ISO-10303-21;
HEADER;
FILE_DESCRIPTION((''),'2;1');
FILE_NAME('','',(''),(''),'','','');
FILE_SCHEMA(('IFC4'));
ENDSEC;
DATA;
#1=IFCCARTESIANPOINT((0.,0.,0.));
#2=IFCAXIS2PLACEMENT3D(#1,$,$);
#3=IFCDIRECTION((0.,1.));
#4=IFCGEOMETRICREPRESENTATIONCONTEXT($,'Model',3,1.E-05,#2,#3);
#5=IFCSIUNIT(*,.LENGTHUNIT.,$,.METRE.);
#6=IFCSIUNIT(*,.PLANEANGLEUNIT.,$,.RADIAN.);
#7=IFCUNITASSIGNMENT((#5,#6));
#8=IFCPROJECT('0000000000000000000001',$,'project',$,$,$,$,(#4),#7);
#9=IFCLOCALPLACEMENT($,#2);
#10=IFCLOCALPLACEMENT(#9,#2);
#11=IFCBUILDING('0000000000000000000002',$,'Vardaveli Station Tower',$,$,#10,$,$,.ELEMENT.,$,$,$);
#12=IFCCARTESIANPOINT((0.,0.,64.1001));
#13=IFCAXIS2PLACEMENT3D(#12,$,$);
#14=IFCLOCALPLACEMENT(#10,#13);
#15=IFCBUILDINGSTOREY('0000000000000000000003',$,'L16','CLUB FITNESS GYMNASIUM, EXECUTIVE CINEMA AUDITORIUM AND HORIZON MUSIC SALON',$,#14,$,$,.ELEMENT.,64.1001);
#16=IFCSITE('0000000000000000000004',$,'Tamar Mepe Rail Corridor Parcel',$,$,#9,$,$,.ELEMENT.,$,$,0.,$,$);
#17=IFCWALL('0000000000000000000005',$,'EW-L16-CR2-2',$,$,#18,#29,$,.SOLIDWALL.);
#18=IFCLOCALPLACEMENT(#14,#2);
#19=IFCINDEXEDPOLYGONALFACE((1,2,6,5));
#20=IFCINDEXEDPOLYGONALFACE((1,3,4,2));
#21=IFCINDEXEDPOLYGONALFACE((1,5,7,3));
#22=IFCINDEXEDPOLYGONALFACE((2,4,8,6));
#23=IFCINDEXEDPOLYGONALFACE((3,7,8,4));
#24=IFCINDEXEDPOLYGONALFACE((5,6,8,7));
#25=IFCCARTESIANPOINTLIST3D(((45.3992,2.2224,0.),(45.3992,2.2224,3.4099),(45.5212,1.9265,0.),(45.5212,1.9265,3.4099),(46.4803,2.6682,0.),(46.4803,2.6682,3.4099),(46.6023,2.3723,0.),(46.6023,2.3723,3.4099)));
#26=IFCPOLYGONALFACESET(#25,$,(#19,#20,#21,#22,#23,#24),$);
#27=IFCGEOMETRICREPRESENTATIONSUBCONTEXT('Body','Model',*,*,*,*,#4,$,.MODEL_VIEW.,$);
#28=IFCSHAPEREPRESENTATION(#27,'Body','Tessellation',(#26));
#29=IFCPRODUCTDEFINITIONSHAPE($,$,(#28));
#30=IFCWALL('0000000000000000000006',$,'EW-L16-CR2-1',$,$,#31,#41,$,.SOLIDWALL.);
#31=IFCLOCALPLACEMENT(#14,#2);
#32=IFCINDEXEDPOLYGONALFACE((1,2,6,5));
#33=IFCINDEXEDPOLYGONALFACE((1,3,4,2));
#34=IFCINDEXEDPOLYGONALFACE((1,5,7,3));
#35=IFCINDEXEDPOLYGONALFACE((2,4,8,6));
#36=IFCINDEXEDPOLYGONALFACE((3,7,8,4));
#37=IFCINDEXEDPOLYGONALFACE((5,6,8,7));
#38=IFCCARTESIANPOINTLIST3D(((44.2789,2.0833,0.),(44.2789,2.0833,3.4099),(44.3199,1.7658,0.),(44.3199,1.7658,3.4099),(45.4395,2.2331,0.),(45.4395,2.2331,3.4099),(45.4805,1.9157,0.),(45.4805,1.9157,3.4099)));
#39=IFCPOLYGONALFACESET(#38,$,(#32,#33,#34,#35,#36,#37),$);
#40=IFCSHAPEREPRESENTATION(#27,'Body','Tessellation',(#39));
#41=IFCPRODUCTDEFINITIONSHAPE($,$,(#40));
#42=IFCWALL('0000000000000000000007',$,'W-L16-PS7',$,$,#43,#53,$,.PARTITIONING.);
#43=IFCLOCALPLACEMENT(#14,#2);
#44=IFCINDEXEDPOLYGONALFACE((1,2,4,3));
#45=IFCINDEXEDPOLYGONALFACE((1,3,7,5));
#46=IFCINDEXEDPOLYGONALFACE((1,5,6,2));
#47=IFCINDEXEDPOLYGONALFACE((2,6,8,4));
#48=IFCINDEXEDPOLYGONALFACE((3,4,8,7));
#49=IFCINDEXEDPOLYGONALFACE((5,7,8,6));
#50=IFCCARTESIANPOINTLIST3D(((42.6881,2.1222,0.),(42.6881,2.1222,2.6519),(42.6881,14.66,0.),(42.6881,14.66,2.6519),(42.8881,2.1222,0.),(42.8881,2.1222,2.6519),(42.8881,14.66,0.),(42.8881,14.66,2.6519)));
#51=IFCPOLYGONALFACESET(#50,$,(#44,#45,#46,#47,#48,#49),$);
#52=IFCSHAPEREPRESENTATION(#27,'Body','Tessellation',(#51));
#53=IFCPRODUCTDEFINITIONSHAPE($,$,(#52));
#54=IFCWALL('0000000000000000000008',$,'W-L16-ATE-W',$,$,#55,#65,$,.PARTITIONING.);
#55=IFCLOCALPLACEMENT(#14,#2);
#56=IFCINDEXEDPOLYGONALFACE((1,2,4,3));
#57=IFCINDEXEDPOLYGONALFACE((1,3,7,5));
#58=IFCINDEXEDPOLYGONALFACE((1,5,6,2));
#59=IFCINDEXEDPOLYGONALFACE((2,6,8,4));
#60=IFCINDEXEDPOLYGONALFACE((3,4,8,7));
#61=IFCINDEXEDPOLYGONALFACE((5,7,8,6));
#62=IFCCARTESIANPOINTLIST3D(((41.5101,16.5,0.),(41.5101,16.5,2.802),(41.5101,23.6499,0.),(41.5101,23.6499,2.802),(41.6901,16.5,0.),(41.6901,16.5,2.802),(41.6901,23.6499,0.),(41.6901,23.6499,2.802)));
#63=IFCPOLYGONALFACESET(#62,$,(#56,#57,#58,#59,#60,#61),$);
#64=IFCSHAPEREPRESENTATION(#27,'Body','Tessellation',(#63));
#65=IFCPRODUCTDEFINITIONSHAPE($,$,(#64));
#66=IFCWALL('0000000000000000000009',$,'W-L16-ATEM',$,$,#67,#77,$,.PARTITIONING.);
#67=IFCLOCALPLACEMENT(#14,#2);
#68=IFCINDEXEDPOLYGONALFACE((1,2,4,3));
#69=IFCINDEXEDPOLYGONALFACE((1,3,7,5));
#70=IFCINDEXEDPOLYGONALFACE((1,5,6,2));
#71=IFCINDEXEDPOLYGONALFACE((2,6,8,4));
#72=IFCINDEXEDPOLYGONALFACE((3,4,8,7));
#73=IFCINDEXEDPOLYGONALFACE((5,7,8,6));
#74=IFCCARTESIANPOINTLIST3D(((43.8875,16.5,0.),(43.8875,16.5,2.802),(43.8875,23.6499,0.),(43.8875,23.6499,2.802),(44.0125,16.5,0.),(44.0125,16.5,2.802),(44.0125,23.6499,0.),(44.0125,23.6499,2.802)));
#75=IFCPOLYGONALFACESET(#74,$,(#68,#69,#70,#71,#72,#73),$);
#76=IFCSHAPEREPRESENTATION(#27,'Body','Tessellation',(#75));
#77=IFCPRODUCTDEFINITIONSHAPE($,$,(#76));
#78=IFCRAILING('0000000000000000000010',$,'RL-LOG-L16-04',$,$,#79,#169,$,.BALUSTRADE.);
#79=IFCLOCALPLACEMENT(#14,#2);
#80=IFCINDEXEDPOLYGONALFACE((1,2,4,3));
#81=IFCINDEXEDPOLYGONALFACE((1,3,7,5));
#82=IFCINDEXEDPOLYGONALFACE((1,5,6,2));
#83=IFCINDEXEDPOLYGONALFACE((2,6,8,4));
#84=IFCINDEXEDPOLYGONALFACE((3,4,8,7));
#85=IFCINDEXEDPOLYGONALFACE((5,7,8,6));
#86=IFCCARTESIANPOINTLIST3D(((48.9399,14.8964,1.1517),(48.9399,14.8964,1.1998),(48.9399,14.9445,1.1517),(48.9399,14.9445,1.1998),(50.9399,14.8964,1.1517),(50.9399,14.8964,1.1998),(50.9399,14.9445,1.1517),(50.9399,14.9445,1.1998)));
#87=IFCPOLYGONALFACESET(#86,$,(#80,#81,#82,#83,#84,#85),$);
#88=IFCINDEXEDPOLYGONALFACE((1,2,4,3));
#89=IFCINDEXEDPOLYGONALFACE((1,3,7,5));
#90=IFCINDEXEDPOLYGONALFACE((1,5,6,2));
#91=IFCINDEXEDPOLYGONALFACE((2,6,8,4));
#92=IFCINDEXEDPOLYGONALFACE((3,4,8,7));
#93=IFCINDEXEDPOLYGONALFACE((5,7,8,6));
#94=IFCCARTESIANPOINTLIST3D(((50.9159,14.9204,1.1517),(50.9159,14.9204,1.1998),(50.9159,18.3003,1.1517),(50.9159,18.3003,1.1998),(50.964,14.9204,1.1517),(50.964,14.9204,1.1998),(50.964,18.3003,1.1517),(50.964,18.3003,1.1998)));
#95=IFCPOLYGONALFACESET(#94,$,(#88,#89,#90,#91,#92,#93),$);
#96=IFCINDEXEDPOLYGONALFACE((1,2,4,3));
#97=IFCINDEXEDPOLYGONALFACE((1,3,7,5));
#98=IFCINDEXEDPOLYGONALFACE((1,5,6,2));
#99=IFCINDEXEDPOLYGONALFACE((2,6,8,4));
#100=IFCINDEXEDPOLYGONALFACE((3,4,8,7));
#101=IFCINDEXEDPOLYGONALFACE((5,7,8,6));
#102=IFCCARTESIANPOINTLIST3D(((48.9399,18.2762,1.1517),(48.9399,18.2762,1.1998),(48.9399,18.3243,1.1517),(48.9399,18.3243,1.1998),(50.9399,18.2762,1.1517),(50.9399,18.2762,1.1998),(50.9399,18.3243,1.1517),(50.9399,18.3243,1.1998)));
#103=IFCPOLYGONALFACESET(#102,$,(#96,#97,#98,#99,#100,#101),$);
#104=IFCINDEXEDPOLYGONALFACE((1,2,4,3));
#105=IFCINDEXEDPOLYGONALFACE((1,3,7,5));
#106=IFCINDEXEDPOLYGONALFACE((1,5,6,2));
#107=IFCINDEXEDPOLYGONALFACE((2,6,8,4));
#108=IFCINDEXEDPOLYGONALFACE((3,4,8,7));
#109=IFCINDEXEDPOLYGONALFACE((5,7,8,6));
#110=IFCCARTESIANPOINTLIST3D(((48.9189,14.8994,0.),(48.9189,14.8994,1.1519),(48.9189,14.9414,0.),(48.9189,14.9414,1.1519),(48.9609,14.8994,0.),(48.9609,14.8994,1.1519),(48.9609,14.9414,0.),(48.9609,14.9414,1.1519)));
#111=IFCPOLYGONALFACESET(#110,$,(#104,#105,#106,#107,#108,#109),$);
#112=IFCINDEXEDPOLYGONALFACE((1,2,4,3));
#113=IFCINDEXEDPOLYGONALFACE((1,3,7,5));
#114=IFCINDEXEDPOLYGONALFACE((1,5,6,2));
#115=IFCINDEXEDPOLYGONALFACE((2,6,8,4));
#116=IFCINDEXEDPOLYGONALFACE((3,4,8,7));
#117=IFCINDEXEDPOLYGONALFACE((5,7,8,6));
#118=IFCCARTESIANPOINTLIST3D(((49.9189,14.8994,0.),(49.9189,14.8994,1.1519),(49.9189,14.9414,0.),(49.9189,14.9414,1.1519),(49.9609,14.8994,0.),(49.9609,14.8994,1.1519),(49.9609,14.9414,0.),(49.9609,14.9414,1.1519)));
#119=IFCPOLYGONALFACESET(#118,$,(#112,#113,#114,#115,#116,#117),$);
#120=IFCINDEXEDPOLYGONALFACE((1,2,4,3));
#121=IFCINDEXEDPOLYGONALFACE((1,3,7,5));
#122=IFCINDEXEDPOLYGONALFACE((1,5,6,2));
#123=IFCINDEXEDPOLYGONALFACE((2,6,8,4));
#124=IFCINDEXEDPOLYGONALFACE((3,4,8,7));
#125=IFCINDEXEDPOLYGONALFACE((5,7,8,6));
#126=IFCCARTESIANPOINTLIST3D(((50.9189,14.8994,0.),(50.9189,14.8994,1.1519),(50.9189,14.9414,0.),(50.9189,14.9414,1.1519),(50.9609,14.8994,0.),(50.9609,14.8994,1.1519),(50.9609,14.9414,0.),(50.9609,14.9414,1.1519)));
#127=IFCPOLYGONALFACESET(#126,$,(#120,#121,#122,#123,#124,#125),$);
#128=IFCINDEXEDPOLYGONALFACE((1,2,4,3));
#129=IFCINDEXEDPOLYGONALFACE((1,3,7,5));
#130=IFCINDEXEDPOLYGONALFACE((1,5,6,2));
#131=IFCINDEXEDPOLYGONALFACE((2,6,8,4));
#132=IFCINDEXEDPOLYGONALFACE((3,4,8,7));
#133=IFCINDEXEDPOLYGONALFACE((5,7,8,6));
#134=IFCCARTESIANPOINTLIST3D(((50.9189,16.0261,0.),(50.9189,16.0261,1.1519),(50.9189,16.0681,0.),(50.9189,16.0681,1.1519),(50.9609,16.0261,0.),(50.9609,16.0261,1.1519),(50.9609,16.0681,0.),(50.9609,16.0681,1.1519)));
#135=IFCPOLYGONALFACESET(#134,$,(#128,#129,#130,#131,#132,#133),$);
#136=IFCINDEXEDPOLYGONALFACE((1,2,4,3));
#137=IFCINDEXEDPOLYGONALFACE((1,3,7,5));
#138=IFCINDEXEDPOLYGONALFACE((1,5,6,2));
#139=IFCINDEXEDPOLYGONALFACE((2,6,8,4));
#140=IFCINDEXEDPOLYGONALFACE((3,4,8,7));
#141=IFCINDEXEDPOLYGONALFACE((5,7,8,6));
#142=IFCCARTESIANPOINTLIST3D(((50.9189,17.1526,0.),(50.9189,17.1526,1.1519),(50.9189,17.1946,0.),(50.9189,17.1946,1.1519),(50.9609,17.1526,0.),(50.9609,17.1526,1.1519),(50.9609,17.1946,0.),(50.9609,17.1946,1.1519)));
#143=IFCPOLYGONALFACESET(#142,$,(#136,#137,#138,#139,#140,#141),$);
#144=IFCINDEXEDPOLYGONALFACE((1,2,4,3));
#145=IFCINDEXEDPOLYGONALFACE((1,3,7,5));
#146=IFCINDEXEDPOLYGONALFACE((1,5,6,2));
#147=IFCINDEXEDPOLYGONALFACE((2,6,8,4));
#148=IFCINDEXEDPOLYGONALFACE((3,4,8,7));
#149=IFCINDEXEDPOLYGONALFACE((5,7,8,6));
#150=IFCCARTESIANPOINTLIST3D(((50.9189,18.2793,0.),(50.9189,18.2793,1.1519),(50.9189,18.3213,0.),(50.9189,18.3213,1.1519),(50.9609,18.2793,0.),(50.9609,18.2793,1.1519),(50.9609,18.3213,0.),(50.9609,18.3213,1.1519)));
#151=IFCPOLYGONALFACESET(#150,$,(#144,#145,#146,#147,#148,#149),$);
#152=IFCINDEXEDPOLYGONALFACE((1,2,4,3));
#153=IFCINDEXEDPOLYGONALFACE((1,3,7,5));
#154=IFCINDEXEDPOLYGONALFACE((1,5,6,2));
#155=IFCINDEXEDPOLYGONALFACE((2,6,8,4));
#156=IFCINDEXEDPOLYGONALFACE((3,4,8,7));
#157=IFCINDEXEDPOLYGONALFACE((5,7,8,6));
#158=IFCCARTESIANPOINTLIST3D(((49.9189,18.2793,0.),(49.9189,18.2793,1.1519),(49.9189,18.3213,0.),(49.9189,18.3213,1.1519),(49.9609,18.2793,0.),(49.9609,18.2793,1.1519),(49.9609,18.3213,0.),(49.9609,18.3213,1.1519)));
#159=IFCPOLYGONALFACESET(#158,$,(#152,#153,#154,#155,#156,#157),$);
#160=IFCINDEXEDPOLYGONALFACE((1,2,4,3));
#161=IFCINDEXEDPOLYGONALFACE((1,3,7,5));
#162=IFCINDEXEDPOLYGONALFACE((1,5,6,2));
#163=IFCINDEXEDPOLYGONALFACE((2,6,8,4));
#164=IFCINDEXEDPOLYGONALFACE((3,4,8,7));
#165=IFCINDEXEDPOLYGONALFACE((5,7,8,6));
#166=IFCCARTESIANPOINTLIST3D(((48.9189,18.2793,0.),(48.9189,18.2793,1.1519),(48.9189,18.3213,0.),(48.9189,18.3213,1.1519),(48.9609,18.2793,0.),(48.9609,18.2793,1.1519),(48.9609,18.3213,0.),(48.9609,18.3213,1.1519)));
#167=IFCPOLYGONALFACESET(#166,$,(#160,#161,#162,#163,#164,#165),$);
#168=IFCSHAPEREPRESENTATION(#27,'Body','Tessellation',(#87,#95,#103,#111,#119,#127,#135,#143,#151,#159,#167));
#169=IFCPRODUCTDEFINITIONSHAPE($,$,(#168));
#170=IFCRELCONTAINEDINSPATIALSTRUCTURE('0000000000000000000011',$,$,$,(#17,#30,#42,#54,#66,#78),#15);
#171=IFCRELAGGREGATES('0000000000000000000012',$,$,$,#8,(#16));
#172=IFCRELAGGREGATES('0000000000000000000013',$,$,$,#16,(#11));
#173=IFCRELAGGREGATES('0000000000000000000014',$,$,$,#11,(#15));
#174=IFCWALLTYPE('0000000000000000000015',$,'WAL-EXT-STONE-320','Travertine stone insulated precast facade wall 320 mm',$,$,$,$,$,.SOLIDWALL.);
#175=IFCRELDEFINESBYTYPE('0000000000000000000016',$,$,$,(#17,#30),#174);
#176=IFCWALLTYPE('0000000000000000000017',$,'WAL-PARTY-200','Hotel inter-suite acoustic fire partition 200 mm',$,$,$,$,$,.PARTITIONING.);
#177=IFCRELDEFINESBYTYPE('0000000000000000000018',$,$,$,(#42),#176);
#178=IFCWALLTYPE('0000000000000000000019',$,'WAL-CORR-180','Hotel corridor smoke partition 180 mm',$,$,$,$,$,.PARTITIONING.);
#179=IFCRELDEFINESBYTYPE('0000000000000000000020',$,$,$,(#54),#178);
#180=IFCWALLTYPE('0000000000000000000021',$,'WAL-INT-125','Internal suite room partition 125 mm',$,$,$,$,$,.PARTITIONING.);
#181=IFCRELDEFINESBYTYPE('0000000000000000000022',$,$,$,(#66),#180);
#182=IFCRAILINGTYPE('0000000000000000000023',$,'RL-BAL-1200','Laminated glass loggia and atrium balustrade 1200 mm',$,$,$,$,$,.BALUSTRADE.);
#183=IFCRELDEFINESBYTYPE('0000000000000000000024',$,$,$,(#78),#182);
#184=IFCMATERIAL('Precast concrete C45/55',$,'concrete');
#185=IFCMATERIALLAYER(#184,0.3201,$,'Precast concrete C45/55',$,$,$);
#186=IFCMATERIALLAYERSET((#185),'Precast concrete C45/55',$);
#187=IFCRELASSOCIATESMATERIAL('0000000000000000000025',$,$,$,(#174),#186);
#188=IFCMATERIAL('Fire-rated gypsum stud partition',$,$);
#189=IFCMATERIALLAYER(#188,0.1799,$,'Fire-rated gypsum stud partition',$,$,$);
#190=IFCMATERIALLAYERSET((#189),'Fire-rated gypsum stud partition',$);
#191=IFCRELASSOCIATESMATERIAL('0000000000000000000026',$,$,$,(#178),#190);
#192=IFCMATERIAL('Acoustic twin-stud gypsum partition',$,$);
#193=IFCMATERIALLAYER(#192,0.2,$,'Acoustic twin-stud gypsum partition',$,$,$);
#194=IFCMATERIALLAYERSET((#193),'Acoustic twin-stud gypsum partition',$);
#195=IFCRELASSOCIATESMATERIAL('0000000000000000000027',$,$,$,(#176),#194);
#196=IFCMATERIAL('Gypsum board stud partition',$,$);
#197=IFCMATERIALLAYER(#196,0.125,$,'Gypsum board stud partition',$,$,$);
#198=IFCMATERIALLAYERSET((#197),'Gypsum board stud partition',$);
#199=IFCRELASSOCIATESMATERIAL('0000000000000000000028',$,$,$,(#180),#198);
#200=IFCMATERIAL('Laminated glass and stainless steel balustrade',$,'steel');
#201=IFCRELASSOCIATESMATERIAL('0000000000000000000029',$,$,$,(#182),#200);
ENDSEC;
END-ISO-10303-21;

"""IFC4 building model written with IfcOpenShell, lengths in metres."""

from ifc_helpers import new_model, si_unit, direction, frame, frame_2d, origin, origin_2d, place, context, subcontext, project, spatial, rectangle, extrude, source, transform, mapped, material, layer, layer_set, type_object, element, save


model = new_model("IFC4")

# Units and contexts
model_context = context("Model", 3, precision=1e-05, world=origin(), true_north=direction((0.0, 1.0)))
body_context = subcontext(model_context, "Body", "Model", "MODEL_VIEW")
ifc_project = project(units=[si_unit("LENGTHUNIT", "METRE"), si_unit("PLANEANGLEUNIT", "RADIAN")], contexts=[model_context])

# Site, building, storey
site_placement = place(None, origin())
site = spatial("IfcSite", under=ifc_project, at=site_placement, Name="Tamar Mepe Rail Corridor Parcel", CompositionType="ELEMENT", RefElevation=0.0)
building_placement = place(site_placement, origin())
building = spatial("IfcBuilding", under=site, at=building_placement, Name="Vardaveli Station Tower", CompositionType="ELEMENT")
storey_placement = place(building_placement, frame((0.0, 0.0, 64.1001)))
storey = spatial("IfcBuildingStorey", under=building, at=storey_placement, Name="L16", Description="CLUB FITNESS GYMNASIUM, EXECUTIVE CINEMA AUDITORIUM AND HORIZON MUSIC SALON", CompositionType="ELEMENT", Elevation=64.1001)

# Shared definitions
ifc_material_1 = material(Name="Precast concrete C45/55", Category="concrete")

# Shared definitions
ifc_layer_1 = layer(ifc_material_1, 0.3201, Name="Precast concrete C45/55")
ifc_layer_set_1 = layer_set([ifc_layer_1], Name="Precast concrete C45/55")
wall_type_1 = type_object("IfcWallType", Name="WAL-EXT-STONE-320", Description="Travertine stone insulated precast facade wall 320 mm", PredefinedType="SOLIDWALL", material=ifc_layer_set_1)

# Walls
shared_shape_1 = source(origin(), body_context, "Body", "SweptSolid", [
    extrude(rectangle(XDim=1.1694, YDim=0.3201, at=frame_2d((0.5847, 0.0))), origin(), (0.0, 0.0, 1.0), 3.4099),
])
wall_1_placement = place(storey_placement, frame((45.4602, 2.0745, 0.0), z_axis=(0.0, 0.0, 1.0), x_axis=(0.924479, 0.381233, 0.0)))
element("IfcWall", 1, at=wall_1_placement, inside=storey, type_object=wall_type_1, Name="EW-L16-CR2-2", PredefinedType="SOLIDWALL", context=body_context, shape_type="MappedRepresentation", body=[
    mapped(shared_shape_1, transform((0.0, 0.0, 0.0), scale=1.0)),
])
shared_shape_2 = source(origin(), body_context, "Body", "SweptSolid", [
    extrude(rectangle(XDim=1.1702, YDim=0.3201, at=frame_2d((0.585, 0.0))), origin(), (0.0, 0.0, 1.0), 3.4099),
])
wall_2_placement = place(storey_placement, frame((44.2996, 1.9246, 0.0), z_axis=(0.0, 0.0, 1.0), x_axis=(0.991762, 0.12809, 0.0)))
element("IfcWall", 2, at=wall_2_placement, inside=storey, type_object=wall_type_1, Name="EW-L16-CR2-1", PredefinedType="SOLIDWALL", context=body_context, shape_type="MappedRepresentation", body=[
    mapped(shared_shape_2, transform((0.0, 0.0, 0.0), scale=1.0)),
])

# Shared definitions
ifc_material_2 = material(Name="Fire-rated gypsum stud partition")
ifc_layer_2 = layer(ifc_material_2, 0.1799, Name="Fire-rated gypsum stud partition")
ifc_layer_set_2 = layer_set([ifc_layer_2], Name="Fire-rated gypsum stud partition")
wall_type_2 = type_object("IfcWallType", Name="WAL-CORR-180", Description="Hotel corridor smoke partition 180 mm", PredefinedType="PARTITIONING", material=ifc_layer_set_2)

# Walls
ifc_material_3 = material(Name="Acoustic twin-stud gypsum partition")
ifc_layer_3 = layer(ifc_material_3, 0.2, Name="Acoustic twin-stud gypsum partition")
ifc_layer_set_3 = layer_set([ifc_layer_3], Name="Acoustic twin-stud gypsum partition")
wall_type_3 = type_object("IfcWallType", Name="WAL-PARTY-200", Description="Hotel inter-suite acoustic fire partition 200 mm", PredefinedType="PARTITIONING", material=ifc_layer_set_3)
shared_shape_3 = source(origin(), body_context, "Body", "SweptSolid", [
    extrude(rectangle(XDim=12.5378, YDim=0.2, at=frame_2d((6.269, 0.0))), origin(), (0.0, 0.0, 1.0), 2.6519),
])
wall_3_placement = place(storey_placement, frame((42.7881, 2.1221, 0.0), z_axis=(0.0, 0.0, 1.0), x_axis=(0.0, 1.0, 0.0)))
element("IfcWall", 3, at=wall_3_placement, inside=storey, type_object=wall_type_3, Name="W-L16-PS7", PredefinedType="PARTITIONING", context=body_context, shape_type="MappedRepresentation", body=[
    mapped(shared_shape_3, transform((0.0, 0.0, 0.0), scale=1.0)),
])
shared_shape_4 = source(origin(), body_context, "Body", "SweptSolid", [
    extrude(rectangle(XDim=7.1499, YDim=0.1799, at=frame_2d((3.575, 0.0))), origin(), (0.0, 0.0, 1.0), 2.802),
])
wall_4_placement = place(storey_placement, frame((41.6001, 16.5, 0.0), z_axis=(0.0, 0.0, 1.0), x_axis=(0.0, 1.0, 0.0)))
element("IfcWall", 4, at=wall_4_placement, inside=storey, type_object=wall_type_2, Name="W-L16-ATE-W", PredefinedType="PARTITIONING", context=body_context, shape_type="MappedRepresentation", body=[
    mapped(shared_shape_4, transform((0.0, 0.0, 0.0), scale=1.0)),
])
ifc_material_4 = material(Name="Gypsum board stud partition")
ifc_layer_4 = layer(ifc_material_4, 0.125, Name="Gypsum board stud partition")
ifc_layer_set_4 = layer_set([ifc_layer_4], Name="Gypsum board stud partition")
wall_type_4 = type_object("IfcWallType", Name="WAL-INT-125", Description="Internal suite room partition 125 mm", PredefinedType="PARTITIONING", material=ifc_layer_set_4)
shared_shape_5 = source(origin(), body_context, "Body", "SweptSolid", [
    extrude(rectangle(XDim=7.1499, YDim=0.125, at=frame_2d((3.575, 0.0))), origin(), (0.0, 0.0, 1.0), 2.802),
])
wall_5_placement = place(storey_placement, frame((43.95, 16.5, 0.0), z_axis=(0.0, 0.0, 1.0), x_axis=(0.0, 1.0, 0.0)))
element("IfcWall", 5, at=wall_5_placement, inside=storey, type_object=wall_type_4, Name="W-L16-ATEM", PredefinedType="PARTITIONING", context=body_context, shape_type="MappedRepresentation", body=[
    mapped(shared_shape_5, transform((0.0, 0.0, 0.0), scale=1.0)),
])

# Railing
ifc_material_5 = material(Name="Laminated glass and stainless steel balustrade", Category="steel")
railing_type = type_object("IfcRailingType", Name="RL-BAL-1200", Description="Laminated glass loggia and atrium balustrade 1200 mm", PredefinedType="BALUSTRADE", material=ifc_material_5)
shared_shape_6 = source(origin(), body_context, "Body", "SweptSolid", [
    extrude(rectangle(XDim=0.0481, YDim=0.0481, at=origin_2d()), frame((0.0, 0.0, 1.1758), z_axis=(1.0, 0.0, 0.0), x_axis=(0.0, 1.0, 0.0)), (0.0, 0.0, 1.0), 2.0),
    extrude(rectangle(XDim=0.0481, YDim=0.0481, at=origin_2d()), frame((2.0, 0.0, 1.1758), z_axis=(0.0, 1.0, 0.0), x_axis=(-1.0, 0.0, 0.0)), (0.0, 0.0, 1.0), 3.3799),
    extrude(rectangle(XDim=0.0481, YDim=0.0481, at=origin_2d()), frame((2.0, 3.3799, 1.1758), z_axis=(-1.0, 0.0, 0.0), x_axis=(0.0, -1.0, 0.0)), (0.0, 0.0, 1.0), 2.0),
    extrude(rectangle(XDim=0.042, YDim=0.042, at=origin_2d()), origin(), (0.0, 0.0, 1.0), 1.1519),
    extrude(rectangle(XDim=0.042, YDim=0.042, at=origin_2d()), frame((1.0, 0.0, 0.0)), (0.0, 0.0, 1.0), 1.1519),
    extrude(rectangle(XDim=0.042, YDim=0.042, at=origin_2d()), frame((2.0, 0.0, 0.0)), (0.0, 0.0, 1.0), 1.1519),
    extrude(rectangle(XDim=0.042, YDim=0.042, at=origin_2d()), frame((2.0, 1.1267, 0.0)), (0.0, 0.0, 1.0), 1.1519),
    extrude(rectangle(XDim=0.042, YDim=0.042, at=origin_2d()), frame((2.0, 2.2532, 0.0)), (0.0, 0.0, 1.0), 1.1519),
    extrude(rectangle(XDim=0.042, YDim=0.042, at=origin_2d()), frame((2.0, 3.3799, 0.0)), (0.0, 0.0, 1.0), 1.1519),
    extrude(rectangle(XDim=0.042, YDim=0.042, at=origin_2d()), frame((1.0, 3.3799, 0.0)), (0.0, 0.0, 1.0), 1.1519),
    extrude(rectangle(XDim=0.042, YDim=0.042, at=origin_2d()), frame((0.0, 3.3799, 0.0)), (0.0, 0.0, 1.0), 1.1519),
])
railing_placement = place(storey_placement, frame((48.9399, 14.9204, 0.0)))
element("IfcRailing", 6, at=railing_placement, inside=storey, type_object=railing_type, Name="RL-LOG-L16-04", PredefinedType="BALUSTRADE", context=body_context, shape_type="MappedRepresentation", body=[
    mapped(shared_shape_6, transform((0.0, 0.0, 0.0), scale=1.0)),
])

save(model, "model.ifc")
